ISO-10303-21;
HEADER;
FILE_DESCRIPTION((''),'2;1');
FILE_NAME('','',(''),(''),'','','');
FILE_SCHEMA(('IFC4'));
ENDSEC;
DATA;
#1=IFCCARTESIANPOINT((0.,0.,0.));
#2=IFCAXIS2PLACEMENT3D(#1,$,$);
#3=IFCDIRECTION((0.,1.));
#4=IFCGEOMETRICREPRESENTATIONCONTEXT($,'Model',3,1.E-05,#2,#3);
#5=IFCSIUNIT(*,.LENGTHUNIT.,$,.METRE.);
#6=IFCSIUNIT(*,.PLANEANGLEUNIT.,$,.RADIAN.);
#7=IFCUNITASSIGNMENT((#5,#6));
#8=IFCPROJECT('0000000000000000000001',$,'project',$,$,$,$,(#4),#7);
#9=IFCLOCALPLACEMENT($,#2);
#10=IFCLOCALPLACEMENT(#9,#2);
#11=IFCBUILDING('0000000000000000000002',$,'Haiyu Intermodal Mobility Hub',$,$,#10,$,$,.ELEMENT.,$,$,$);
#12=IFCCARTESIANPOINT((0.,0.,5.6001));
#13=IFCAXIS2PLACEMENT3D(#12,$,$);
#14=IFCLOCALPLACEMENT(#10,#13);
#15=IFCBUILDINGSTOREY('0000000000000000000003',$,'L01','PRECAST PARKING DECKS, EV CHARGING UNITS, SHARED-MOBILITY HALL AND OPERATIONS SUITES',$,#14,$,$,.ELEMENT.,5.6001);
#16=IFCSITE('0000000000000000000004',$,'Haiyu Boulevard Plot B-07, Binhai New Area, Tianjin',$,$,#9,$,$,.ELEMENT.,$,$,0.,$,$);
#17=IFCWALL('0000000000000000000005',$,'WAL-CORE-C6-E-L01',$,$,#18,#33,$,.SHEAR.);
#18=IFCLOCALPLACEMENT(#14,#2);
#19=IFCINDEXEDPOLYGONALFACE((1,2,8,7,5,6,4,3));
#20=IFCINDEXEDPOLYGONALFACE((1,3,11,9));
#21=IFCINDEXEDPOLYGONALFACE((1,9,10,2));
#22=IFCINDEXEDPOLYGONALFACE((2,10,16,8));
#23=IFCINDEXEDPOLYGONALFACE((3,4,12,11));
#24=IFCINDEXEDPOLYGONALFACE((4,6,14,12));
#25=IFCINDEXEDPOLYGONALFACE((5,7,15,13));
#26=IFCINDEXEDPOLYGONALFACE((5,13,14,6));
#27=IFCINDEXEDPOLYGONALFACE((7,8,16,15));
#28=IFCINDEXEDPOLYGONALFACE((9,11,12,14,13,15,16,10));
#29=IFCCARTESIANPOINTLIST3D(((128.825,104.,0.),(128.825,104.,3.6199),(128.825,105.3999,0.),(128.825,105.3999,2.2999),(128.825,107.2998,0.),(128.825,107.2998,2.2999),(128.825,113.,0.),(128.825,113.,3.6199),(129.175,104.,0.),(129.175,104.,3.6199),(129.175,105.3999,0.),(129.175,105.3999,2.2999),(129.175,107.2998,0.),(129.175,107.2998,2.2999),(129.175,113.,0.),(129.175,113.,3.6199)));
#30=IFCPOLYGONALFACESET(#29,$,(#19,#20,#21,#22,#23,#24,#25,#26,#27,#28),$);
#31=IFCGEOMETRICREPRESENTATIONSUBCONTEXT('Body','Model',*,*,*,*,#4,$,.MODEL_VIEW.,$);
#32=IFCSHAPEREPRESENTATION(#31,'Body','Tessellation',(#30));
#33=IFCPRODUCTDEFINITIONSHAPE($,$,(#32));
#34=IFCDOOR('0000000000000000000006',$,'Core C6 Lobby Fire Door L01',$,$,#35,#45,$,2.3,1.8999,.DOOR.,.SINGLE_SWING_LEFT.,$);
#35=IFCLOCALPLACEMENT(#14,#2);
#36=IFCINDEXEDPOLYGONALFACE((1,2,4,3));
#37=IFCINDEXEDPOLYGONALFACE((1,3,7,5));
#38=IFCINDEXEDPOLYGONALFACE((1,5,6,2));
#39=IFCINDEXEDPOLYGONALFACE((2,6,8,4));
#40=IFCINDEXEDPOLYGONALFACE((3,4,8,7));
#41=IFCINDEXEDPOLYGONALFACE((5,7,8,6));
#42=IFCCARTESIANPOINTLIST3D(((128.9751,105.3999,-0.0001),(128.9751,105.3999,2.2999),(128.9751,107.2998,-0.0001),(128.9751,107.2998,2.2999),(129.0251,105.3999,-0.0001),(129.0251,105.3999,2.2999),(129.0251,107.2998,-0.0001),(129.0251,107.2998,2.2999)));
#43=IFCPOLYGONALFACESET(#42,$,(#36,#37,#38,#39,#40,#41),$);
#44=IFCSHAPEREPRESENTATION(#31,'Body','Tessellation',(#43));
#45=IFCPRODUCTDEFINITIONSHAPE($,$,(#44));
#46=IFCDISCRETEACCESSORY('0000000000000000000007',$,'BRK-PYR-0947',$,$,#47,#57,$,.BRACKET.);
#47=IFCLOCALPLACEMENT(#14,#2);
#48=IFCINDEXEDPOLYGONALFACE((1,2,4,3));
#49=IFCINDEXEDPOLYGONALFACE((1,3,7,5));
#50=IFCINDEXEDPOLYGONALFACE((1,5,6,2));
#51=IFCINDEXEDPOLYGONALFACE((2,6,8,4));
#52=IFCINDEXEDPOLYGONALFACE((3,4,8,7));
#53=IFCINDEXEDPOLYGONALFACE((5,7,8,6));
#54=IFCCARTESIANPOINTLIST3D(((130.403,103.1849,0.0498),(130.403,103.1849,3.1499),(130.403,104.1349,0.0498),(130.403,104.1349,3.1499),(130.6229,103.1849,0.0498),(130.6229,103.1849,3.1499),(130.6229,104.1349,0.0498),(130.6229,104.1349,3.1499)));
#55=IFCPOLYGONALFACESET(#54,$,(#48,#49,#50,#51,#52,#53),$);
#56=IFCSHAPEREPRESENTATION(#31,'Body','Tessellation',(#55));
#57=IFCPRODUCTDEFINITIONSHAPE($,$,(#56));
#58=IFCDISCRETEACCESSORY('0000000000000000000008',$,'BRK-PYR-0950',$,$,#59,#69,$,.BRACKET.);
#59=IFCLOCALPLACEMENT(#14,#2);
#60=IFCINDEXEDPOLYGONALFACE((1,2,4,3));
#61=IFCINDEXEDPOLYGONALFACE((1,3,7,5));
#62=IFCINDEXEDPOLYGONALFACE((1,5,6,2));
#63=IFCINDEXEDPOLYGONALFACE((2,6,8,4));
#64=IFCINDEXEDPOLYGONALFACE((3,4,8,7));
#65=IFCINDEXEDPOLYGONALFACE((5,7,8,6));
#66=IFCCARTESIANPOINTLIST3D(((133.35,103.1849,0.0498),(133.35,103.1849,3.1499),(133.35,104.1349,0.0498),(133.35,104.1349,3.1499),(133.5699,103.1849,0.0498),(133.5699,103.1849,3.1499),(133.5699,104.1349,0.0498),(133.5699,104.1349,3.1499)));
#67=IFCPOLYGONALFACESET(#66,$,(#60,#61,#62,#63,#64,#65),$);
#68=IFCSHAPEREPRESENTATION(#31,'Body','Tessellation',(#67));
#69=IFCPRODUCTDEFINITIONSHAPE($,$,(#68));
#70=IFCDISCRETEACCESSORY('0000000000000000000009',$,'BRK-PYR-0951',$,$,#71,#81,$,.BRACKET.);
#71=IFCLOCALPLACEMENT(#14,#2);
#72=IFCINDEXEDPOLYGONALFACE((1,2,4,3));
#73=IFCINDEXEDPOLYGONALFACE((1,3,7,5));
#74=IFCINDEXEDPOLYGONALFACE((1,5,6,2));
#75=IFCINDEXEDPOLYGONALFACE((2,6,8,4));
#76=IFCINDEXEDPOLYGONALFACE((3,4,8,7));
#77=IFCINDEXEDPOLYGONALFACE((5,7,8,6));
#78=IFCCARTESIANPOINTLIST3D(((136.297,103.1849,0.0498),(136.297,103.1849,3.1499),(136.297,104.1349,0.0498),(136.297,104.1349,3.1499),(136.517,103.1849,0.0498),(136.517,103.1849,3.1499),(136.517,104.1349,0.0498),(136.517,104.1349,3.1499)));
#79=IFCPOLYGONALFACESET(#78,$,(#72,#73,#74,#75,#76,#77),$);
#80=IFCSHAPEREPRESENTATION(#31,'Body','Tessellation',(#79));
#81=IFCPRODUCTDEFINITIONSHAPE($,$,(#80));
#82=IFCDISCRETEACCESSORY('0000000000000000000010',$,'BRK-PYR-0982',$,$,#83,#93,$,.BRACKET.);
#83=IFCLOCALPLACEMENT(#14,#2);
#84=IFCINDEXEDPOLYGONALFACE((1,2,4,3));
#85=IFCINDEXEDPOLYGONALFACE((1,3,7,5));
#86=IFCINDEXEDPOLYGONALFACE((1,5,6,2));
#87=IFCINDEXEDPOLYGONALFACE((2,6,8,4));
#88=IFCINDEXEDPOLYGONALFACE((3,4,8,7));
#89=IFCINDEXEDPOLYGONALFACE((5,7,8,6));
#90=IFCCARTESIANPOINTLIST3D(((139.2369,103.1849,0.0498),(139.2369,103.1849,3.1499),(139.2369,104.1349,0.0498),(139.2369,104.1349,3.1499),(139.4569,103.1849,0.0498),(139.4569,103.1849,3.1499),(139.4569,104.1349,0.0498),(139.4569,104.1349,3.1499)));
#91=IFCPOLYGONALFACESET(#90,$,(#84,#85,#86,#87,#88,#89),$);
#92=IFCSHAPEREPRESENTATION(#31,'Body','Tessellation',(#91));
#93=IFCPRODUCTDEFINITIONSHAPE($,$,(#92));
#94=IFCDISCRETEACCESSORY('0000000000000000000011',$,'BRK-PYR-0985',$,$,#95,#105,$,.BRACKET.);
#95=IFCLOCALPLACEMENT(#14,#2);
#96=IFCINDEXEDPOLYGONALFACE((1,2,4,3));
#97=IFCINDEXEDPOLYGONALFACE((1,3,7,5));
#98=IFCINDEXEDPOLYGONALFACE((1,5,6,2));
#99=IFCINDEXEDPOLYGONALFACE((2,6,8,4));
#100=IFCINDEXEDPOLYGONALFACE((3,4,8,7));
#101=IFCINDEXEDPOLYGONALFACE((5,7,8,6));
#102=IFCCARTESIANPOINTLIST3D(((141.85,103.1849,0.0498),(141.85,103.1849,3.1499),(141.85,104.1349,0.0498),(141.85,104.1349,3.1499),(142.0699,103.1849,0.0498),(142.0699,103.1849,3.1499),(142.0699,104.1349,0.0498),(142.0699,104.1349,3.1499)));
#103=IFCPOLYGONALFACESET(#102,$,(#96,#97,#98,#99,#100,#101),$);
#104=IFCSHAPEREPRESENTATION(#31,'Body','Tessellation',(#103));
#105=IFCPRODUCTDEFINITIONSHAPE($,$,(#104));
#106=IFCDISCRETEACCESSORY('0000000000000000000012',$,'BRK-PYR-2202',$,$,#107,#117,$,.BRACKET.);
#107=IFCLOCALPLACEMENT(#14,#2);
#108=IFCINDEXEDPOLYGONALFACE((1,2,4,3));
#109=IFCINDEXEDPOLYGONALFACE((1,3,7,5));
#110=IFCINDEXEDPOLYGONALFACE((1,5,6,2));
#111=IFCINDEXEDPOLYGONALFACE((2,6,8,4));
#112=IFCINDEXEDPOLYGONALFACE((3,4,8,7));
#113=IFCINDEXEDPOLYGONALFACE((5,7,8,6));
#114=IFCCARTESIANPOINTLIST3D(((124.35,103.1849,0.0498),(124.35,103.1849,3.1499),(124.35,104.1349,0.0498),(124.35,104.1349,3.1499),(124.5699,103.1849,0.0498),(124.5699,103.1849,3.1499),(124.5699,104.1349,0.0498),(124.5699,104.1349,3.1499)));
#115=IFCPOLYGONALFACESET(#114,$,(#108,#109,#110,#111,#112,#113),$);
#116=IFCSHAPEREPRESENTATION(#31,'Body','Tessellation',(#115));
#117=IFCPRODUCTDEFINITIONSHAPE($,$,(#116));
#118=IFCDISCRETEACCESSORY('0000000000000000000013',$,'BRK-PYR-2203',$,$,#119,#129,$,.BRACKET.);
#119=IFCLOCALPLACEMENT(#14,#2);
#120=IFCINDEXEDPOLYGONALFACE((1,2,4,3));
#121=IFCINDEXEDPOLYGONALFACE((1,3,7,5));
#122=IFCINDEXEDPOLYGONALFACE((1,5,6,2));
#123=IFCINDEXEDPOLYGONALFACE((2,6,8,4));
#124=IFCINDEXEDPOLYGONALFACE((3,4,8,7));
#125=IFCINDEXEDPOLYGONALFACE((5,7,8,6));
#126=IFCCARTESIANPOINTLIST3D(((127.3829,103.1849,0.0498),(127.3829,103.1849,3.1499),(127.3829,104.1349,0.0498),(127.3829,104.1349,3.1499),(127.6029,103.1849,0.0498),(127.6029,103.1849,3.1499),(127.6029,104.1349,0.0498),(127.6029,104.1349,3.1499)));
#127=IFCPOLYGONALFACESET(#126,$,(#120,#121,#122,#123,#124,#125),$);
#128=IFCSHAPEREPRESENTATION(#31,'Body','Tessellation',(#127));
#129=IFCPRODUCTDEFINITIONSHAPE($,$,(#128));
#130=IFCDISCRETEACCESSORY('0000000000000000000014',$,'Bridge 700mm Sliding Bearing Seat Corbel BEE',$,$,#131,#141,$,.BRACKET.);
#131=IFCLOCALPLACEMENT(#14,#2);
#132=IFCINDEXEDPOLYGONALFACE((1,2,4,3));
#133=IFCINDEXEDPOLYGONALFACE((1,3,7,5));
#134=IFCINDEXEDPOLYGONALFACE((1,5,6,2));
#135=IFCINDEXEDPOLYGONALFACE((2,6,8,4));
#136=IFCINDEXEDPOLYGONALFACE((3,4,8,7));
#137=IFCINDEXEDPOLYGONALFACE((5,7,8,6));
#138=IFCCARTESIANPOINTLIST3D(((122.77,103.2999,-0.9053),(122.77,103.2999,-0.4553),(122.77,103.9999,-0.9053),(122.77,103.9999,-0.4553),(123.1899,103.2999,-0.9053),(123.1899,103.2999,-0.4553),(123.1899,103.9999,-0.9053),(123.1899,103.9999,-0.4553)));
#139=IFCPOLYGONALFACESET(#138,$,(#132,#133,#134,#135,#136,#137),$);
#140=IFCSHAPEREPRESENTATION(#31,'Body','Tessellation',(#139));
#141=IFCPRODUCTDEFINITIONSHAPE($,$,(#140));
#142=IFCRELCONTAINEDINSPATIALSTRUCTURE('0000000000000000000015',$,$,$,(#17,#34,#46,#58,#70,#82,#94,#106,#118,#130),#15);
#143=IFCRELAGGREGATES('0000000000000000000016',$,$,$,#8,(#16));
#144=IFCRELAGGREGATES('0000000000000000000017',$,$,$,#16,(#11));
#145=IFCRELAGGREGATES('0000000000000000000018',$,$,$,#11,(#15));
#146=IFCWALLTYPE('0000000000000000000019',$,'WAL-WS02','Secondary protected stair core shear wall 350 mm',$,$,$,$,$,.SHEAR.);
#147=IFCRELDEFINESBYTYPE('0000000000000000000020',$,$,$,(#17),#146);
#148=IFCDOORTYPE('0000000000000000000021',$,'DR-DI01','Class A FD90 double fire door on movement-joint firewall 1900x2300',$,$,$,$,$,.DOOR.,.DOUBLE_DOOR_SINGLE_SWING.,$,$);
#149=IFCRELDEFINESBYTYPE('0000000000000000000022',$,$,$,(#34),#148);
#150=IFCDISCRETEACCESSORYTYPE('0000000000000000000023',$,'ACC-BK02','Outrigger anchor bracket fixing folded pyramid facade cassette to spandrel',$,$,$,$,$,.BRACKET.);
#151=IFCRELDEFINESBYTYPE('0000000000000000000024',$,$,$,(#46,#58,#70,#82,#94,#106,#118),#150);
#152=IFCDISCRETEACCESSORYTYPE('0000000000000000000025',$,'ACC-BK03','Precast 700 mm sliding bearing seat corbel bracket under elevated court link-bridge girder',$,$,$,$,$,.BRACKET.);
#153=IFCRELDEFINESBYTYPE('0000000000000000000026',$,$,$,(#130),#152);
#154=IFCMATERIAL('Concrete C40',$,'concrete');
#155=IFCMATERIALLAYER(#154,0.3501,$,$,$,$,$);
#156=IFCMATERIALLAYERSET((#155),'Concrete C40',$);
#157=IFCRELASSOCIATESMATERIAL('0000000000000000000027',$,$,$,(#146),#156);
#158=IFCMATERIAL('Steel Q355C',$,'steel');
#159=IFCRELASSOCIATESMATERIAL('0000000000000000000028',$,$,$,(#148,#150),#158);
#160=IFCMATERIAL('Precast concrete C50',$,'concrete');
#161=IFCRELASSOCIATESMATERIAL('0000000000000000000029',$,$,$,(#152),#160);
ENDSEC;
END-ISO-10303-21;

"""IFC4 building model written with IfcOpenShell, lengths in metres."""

from ifc_helpers import new_model, si_unit, direction, frame, frame_2d, origin, origin_2d, place, context, subcontext, project, spatial, rectangle, extrude, material, layer, layer_set, type_object, element, fill, save


model = new_model("IFC4")

# Units and contexts
model_context = context("Model", 3, precision=1e-05, world=origin(), true_north=direction((0.0, 1.0)))
body_context = subcontext(model_context, "Body", "Model", "MODEL_VIEW")
ifc_project = project(units=[si_unit("LENGTHUNIT", "METRE"), si_unit("PLANEANGLEUNIT", "RADIAN")], contexts=[model_context])

# Site, building, storey
site_placement = place(None, origin())
site = spatial("IfcSite", under=ifc_project, at=site_placement, Name="Haiyu Boulevard Plot B-07, Binhai New Area, Tianjin", CompositionType="ELEMENT", RefElevation=0.0)
building_placement = place(site_placement, origin())
building = spatial("IfcBuilding", under=site, at=building_placement, Name="Haiyu Intermodal Mobility Hub", CompositionType="ELEMENT")
storey_placement = place(building_placement, frame((0.0, 0.0, 5.6001)))
storey = spatial("IfcBuildingStorey", under=building, at=storey_placement, Name="L01", Description="PRECAST PARKING DECKS, EV CHARGING UNITS, SHARED-MOBILITY HALL AND OPERATIONS SUITES", CompositionType="ELEMENT", Elevation=5.6001)

# Shared definitions
ifc_material_1 = material(Name="Concrete C40", Category="concrete")
ifc_material_2 = material(Name="Precast concrete C50", Category="concrete")

# Shared definitions
ifc_material_3 = material(Name="Steel Q355C", Category="steel")

# Wall, opening, door
ifc_layer_1 = layer(ifc_material_1, 0.3501)
ifc_layer_set_1 = layer_set([ifc_layer_1], Name="Concrete C40")
wall_type = type_object("IfcWallType", Name="WAL-WS02", Description="Secondary protected stair core shear wall 350 mm", PredefinedType="SHEAR", material=ifc_layer_set_1)
wall_placement = place(storey_placement, frame((129.0, 104.0, 0.0), z_axis=(0.0, 0.0, 1.0), x_axis=(0.0, 1.0, 0.0)))
wall = element("IfcWall", 1, at=wall_placement, inside=storey, type_object=wall_type, Name="WAL-CORE-C6-E-L01", PredefinedType="SHEAR", context=body_context, shape_type="SweptSolid", body=[
    extrude(rectangle(XDim=9.0, YDim=0.3501, at=frame_2d((4.5, 0.0))), origin(), (0.0, 0.0, 1.0), 3.6199),
])
opening_placement = place(wall_placement, frame((1.3999, 0.0, 0.0)))
opening = element("IfcOpeningElement", 2, at=opening_placement, cuts=wall, PredefinedType="OPENING", context=body_context, shape_type="SweptSolid", body=[
    extrude(rectangle(XDim=1.8999, YDim=2.3, at=frame_2d((0.95, 1.1499))), frame((0.0, 0.1851, 0.0), z_axis=(0.0, -1.0, 0.0), x_axis=(1.0, 0.0, 0.0)), (0.0, 0.0, 1.0), 0.3701),
])
door_type = type_object("IfcDoorType", Name="DR-DI01", Description="Class A FD90 double fire door on movement-joint firewall 1900x2300", OperationType="DOUBLE_DOOR_SINGLE_SWING", PredefinedType="DOOR", material=ifc_material_3)
door_placement = place(opening_placement, origin())
door = element("IfcDoor", 3, at=door_placement, inside=storey, type_object=door_type, Name="Core C6 Lobby Fire Door L01", OperationType="SINGLE_SWING_LEFT", OverallHeight=2.3, OverallWidth=1.8999, PredefinedType="DOOR", context=body_context, shape_type="SweptSolid", body=[
    extrude(rectangle(XDim=1.8999, YDim=2.3, at=frame_2d((0.95, 1.1499))), frame((0.0, 0.0249, 0.0), z_axis=(0.0, -1.0, 0.0), x_axis=(1.0, 0.0, 0.0)), (0.0, 0.0, 1.0), 0.05),
])
fill(opening, door)

# Discrete accessories
discrete_accessory_type_1 = type_object("IfcDiscreteAccessoryType", Name="ACC-BK02", Description="Outrigger anchor bracket fixing folded pyramid facade cassette to spandrel", PredefinedType="BRACKET", material=ifc_material_3)
for number, where, z_axis, x_axis, name in (
    (4, (130.5129, 103.6599, 0.0498), (0.0, 0.0, 1.0), (1.0, 0.0, 0.0), "BRK-PYR-0947"),
    (5, (133.46, 103.6599, 0.0498), (0.0, 0.0, 1.0), (1.0, 0.0, 0.0), "BRK-PYR-0950"),
    (6, (136.407, 103.6599, 0.0498), (0.0, 0.0, 1.0), (1.0, 0.0, 0.0), "BRK-PYR-0951"),
    (7, (139.3469, 103.6599, 0.0498), (0.0, 0.0, 1.0), (1.0, 0.0, 0.0), "BRK-PYR-0982"),
    (8, (141.96, 103.6599, 0.0498), (0.0, 0.0, 1.0), (1.0, 0.0, 0.0), "BRK-PYR-0985"),
    (9, (124.46, 103.6599, 0.0498), (0.0, 0.0, 1.0), (1.0, 0.0, 0.0), "BRK-PYR-2202"),
    (10, (127.4929, 103.6599, 0.0498), (0.0, 0.0, 1.0), (1.0, 0.0, 0.0), "BRK-PYR-2203"),
):
    element("IfcDiscreteAccessory", number, at=place(storey_placement, frame(where, z_axis=z_axis, x_axis=x_axis)), inside=storey, type_object=discrete_accessory_type_1, Name=name, PredefinedType="BRACKET", context=body_context, shape_type="SweptSolid", body=[
        extrude(rectangle(XDim=0.22, YDim=0.95, at=origin_2d()), origin(), (0.0, 0.0, 1.0), 3.1001),
    ])
discrete_accessory_type_2 = type_object("IfcDiscreteAccessoryType", Name="ACC-BK03", Description="Precast 700 mm sliding bearing seat corbel bracket under elevated court link-bridge girder", PredefinedType="BRACKET", material=ifc_material_2)
discrete_accessory_placement = place(storey_placement, frame((122.98, 103.6499, -0.9053), z_axis=(0.0, 0.0, 1.0), x_axis=(0.0, 1.0, 0.0)))
element("IfcDiscreteAccessory", 11, at=discrete_accessory_placement, inside=storey, type_object=discrete_accessory_type_2, Name="Bridge 700mm Sliding Bearing Seat Corbel BEE", PredefinedType="BRACKET", context=body_context, shape_type="SweptSolid", body=[
    extrude(rectangle(XDim=0.7, YDim=0.4199, at=origin_2d()), origin(), (0.0, 0.0, 1.0), 0.45),
])

save(model, "model.ifc")
